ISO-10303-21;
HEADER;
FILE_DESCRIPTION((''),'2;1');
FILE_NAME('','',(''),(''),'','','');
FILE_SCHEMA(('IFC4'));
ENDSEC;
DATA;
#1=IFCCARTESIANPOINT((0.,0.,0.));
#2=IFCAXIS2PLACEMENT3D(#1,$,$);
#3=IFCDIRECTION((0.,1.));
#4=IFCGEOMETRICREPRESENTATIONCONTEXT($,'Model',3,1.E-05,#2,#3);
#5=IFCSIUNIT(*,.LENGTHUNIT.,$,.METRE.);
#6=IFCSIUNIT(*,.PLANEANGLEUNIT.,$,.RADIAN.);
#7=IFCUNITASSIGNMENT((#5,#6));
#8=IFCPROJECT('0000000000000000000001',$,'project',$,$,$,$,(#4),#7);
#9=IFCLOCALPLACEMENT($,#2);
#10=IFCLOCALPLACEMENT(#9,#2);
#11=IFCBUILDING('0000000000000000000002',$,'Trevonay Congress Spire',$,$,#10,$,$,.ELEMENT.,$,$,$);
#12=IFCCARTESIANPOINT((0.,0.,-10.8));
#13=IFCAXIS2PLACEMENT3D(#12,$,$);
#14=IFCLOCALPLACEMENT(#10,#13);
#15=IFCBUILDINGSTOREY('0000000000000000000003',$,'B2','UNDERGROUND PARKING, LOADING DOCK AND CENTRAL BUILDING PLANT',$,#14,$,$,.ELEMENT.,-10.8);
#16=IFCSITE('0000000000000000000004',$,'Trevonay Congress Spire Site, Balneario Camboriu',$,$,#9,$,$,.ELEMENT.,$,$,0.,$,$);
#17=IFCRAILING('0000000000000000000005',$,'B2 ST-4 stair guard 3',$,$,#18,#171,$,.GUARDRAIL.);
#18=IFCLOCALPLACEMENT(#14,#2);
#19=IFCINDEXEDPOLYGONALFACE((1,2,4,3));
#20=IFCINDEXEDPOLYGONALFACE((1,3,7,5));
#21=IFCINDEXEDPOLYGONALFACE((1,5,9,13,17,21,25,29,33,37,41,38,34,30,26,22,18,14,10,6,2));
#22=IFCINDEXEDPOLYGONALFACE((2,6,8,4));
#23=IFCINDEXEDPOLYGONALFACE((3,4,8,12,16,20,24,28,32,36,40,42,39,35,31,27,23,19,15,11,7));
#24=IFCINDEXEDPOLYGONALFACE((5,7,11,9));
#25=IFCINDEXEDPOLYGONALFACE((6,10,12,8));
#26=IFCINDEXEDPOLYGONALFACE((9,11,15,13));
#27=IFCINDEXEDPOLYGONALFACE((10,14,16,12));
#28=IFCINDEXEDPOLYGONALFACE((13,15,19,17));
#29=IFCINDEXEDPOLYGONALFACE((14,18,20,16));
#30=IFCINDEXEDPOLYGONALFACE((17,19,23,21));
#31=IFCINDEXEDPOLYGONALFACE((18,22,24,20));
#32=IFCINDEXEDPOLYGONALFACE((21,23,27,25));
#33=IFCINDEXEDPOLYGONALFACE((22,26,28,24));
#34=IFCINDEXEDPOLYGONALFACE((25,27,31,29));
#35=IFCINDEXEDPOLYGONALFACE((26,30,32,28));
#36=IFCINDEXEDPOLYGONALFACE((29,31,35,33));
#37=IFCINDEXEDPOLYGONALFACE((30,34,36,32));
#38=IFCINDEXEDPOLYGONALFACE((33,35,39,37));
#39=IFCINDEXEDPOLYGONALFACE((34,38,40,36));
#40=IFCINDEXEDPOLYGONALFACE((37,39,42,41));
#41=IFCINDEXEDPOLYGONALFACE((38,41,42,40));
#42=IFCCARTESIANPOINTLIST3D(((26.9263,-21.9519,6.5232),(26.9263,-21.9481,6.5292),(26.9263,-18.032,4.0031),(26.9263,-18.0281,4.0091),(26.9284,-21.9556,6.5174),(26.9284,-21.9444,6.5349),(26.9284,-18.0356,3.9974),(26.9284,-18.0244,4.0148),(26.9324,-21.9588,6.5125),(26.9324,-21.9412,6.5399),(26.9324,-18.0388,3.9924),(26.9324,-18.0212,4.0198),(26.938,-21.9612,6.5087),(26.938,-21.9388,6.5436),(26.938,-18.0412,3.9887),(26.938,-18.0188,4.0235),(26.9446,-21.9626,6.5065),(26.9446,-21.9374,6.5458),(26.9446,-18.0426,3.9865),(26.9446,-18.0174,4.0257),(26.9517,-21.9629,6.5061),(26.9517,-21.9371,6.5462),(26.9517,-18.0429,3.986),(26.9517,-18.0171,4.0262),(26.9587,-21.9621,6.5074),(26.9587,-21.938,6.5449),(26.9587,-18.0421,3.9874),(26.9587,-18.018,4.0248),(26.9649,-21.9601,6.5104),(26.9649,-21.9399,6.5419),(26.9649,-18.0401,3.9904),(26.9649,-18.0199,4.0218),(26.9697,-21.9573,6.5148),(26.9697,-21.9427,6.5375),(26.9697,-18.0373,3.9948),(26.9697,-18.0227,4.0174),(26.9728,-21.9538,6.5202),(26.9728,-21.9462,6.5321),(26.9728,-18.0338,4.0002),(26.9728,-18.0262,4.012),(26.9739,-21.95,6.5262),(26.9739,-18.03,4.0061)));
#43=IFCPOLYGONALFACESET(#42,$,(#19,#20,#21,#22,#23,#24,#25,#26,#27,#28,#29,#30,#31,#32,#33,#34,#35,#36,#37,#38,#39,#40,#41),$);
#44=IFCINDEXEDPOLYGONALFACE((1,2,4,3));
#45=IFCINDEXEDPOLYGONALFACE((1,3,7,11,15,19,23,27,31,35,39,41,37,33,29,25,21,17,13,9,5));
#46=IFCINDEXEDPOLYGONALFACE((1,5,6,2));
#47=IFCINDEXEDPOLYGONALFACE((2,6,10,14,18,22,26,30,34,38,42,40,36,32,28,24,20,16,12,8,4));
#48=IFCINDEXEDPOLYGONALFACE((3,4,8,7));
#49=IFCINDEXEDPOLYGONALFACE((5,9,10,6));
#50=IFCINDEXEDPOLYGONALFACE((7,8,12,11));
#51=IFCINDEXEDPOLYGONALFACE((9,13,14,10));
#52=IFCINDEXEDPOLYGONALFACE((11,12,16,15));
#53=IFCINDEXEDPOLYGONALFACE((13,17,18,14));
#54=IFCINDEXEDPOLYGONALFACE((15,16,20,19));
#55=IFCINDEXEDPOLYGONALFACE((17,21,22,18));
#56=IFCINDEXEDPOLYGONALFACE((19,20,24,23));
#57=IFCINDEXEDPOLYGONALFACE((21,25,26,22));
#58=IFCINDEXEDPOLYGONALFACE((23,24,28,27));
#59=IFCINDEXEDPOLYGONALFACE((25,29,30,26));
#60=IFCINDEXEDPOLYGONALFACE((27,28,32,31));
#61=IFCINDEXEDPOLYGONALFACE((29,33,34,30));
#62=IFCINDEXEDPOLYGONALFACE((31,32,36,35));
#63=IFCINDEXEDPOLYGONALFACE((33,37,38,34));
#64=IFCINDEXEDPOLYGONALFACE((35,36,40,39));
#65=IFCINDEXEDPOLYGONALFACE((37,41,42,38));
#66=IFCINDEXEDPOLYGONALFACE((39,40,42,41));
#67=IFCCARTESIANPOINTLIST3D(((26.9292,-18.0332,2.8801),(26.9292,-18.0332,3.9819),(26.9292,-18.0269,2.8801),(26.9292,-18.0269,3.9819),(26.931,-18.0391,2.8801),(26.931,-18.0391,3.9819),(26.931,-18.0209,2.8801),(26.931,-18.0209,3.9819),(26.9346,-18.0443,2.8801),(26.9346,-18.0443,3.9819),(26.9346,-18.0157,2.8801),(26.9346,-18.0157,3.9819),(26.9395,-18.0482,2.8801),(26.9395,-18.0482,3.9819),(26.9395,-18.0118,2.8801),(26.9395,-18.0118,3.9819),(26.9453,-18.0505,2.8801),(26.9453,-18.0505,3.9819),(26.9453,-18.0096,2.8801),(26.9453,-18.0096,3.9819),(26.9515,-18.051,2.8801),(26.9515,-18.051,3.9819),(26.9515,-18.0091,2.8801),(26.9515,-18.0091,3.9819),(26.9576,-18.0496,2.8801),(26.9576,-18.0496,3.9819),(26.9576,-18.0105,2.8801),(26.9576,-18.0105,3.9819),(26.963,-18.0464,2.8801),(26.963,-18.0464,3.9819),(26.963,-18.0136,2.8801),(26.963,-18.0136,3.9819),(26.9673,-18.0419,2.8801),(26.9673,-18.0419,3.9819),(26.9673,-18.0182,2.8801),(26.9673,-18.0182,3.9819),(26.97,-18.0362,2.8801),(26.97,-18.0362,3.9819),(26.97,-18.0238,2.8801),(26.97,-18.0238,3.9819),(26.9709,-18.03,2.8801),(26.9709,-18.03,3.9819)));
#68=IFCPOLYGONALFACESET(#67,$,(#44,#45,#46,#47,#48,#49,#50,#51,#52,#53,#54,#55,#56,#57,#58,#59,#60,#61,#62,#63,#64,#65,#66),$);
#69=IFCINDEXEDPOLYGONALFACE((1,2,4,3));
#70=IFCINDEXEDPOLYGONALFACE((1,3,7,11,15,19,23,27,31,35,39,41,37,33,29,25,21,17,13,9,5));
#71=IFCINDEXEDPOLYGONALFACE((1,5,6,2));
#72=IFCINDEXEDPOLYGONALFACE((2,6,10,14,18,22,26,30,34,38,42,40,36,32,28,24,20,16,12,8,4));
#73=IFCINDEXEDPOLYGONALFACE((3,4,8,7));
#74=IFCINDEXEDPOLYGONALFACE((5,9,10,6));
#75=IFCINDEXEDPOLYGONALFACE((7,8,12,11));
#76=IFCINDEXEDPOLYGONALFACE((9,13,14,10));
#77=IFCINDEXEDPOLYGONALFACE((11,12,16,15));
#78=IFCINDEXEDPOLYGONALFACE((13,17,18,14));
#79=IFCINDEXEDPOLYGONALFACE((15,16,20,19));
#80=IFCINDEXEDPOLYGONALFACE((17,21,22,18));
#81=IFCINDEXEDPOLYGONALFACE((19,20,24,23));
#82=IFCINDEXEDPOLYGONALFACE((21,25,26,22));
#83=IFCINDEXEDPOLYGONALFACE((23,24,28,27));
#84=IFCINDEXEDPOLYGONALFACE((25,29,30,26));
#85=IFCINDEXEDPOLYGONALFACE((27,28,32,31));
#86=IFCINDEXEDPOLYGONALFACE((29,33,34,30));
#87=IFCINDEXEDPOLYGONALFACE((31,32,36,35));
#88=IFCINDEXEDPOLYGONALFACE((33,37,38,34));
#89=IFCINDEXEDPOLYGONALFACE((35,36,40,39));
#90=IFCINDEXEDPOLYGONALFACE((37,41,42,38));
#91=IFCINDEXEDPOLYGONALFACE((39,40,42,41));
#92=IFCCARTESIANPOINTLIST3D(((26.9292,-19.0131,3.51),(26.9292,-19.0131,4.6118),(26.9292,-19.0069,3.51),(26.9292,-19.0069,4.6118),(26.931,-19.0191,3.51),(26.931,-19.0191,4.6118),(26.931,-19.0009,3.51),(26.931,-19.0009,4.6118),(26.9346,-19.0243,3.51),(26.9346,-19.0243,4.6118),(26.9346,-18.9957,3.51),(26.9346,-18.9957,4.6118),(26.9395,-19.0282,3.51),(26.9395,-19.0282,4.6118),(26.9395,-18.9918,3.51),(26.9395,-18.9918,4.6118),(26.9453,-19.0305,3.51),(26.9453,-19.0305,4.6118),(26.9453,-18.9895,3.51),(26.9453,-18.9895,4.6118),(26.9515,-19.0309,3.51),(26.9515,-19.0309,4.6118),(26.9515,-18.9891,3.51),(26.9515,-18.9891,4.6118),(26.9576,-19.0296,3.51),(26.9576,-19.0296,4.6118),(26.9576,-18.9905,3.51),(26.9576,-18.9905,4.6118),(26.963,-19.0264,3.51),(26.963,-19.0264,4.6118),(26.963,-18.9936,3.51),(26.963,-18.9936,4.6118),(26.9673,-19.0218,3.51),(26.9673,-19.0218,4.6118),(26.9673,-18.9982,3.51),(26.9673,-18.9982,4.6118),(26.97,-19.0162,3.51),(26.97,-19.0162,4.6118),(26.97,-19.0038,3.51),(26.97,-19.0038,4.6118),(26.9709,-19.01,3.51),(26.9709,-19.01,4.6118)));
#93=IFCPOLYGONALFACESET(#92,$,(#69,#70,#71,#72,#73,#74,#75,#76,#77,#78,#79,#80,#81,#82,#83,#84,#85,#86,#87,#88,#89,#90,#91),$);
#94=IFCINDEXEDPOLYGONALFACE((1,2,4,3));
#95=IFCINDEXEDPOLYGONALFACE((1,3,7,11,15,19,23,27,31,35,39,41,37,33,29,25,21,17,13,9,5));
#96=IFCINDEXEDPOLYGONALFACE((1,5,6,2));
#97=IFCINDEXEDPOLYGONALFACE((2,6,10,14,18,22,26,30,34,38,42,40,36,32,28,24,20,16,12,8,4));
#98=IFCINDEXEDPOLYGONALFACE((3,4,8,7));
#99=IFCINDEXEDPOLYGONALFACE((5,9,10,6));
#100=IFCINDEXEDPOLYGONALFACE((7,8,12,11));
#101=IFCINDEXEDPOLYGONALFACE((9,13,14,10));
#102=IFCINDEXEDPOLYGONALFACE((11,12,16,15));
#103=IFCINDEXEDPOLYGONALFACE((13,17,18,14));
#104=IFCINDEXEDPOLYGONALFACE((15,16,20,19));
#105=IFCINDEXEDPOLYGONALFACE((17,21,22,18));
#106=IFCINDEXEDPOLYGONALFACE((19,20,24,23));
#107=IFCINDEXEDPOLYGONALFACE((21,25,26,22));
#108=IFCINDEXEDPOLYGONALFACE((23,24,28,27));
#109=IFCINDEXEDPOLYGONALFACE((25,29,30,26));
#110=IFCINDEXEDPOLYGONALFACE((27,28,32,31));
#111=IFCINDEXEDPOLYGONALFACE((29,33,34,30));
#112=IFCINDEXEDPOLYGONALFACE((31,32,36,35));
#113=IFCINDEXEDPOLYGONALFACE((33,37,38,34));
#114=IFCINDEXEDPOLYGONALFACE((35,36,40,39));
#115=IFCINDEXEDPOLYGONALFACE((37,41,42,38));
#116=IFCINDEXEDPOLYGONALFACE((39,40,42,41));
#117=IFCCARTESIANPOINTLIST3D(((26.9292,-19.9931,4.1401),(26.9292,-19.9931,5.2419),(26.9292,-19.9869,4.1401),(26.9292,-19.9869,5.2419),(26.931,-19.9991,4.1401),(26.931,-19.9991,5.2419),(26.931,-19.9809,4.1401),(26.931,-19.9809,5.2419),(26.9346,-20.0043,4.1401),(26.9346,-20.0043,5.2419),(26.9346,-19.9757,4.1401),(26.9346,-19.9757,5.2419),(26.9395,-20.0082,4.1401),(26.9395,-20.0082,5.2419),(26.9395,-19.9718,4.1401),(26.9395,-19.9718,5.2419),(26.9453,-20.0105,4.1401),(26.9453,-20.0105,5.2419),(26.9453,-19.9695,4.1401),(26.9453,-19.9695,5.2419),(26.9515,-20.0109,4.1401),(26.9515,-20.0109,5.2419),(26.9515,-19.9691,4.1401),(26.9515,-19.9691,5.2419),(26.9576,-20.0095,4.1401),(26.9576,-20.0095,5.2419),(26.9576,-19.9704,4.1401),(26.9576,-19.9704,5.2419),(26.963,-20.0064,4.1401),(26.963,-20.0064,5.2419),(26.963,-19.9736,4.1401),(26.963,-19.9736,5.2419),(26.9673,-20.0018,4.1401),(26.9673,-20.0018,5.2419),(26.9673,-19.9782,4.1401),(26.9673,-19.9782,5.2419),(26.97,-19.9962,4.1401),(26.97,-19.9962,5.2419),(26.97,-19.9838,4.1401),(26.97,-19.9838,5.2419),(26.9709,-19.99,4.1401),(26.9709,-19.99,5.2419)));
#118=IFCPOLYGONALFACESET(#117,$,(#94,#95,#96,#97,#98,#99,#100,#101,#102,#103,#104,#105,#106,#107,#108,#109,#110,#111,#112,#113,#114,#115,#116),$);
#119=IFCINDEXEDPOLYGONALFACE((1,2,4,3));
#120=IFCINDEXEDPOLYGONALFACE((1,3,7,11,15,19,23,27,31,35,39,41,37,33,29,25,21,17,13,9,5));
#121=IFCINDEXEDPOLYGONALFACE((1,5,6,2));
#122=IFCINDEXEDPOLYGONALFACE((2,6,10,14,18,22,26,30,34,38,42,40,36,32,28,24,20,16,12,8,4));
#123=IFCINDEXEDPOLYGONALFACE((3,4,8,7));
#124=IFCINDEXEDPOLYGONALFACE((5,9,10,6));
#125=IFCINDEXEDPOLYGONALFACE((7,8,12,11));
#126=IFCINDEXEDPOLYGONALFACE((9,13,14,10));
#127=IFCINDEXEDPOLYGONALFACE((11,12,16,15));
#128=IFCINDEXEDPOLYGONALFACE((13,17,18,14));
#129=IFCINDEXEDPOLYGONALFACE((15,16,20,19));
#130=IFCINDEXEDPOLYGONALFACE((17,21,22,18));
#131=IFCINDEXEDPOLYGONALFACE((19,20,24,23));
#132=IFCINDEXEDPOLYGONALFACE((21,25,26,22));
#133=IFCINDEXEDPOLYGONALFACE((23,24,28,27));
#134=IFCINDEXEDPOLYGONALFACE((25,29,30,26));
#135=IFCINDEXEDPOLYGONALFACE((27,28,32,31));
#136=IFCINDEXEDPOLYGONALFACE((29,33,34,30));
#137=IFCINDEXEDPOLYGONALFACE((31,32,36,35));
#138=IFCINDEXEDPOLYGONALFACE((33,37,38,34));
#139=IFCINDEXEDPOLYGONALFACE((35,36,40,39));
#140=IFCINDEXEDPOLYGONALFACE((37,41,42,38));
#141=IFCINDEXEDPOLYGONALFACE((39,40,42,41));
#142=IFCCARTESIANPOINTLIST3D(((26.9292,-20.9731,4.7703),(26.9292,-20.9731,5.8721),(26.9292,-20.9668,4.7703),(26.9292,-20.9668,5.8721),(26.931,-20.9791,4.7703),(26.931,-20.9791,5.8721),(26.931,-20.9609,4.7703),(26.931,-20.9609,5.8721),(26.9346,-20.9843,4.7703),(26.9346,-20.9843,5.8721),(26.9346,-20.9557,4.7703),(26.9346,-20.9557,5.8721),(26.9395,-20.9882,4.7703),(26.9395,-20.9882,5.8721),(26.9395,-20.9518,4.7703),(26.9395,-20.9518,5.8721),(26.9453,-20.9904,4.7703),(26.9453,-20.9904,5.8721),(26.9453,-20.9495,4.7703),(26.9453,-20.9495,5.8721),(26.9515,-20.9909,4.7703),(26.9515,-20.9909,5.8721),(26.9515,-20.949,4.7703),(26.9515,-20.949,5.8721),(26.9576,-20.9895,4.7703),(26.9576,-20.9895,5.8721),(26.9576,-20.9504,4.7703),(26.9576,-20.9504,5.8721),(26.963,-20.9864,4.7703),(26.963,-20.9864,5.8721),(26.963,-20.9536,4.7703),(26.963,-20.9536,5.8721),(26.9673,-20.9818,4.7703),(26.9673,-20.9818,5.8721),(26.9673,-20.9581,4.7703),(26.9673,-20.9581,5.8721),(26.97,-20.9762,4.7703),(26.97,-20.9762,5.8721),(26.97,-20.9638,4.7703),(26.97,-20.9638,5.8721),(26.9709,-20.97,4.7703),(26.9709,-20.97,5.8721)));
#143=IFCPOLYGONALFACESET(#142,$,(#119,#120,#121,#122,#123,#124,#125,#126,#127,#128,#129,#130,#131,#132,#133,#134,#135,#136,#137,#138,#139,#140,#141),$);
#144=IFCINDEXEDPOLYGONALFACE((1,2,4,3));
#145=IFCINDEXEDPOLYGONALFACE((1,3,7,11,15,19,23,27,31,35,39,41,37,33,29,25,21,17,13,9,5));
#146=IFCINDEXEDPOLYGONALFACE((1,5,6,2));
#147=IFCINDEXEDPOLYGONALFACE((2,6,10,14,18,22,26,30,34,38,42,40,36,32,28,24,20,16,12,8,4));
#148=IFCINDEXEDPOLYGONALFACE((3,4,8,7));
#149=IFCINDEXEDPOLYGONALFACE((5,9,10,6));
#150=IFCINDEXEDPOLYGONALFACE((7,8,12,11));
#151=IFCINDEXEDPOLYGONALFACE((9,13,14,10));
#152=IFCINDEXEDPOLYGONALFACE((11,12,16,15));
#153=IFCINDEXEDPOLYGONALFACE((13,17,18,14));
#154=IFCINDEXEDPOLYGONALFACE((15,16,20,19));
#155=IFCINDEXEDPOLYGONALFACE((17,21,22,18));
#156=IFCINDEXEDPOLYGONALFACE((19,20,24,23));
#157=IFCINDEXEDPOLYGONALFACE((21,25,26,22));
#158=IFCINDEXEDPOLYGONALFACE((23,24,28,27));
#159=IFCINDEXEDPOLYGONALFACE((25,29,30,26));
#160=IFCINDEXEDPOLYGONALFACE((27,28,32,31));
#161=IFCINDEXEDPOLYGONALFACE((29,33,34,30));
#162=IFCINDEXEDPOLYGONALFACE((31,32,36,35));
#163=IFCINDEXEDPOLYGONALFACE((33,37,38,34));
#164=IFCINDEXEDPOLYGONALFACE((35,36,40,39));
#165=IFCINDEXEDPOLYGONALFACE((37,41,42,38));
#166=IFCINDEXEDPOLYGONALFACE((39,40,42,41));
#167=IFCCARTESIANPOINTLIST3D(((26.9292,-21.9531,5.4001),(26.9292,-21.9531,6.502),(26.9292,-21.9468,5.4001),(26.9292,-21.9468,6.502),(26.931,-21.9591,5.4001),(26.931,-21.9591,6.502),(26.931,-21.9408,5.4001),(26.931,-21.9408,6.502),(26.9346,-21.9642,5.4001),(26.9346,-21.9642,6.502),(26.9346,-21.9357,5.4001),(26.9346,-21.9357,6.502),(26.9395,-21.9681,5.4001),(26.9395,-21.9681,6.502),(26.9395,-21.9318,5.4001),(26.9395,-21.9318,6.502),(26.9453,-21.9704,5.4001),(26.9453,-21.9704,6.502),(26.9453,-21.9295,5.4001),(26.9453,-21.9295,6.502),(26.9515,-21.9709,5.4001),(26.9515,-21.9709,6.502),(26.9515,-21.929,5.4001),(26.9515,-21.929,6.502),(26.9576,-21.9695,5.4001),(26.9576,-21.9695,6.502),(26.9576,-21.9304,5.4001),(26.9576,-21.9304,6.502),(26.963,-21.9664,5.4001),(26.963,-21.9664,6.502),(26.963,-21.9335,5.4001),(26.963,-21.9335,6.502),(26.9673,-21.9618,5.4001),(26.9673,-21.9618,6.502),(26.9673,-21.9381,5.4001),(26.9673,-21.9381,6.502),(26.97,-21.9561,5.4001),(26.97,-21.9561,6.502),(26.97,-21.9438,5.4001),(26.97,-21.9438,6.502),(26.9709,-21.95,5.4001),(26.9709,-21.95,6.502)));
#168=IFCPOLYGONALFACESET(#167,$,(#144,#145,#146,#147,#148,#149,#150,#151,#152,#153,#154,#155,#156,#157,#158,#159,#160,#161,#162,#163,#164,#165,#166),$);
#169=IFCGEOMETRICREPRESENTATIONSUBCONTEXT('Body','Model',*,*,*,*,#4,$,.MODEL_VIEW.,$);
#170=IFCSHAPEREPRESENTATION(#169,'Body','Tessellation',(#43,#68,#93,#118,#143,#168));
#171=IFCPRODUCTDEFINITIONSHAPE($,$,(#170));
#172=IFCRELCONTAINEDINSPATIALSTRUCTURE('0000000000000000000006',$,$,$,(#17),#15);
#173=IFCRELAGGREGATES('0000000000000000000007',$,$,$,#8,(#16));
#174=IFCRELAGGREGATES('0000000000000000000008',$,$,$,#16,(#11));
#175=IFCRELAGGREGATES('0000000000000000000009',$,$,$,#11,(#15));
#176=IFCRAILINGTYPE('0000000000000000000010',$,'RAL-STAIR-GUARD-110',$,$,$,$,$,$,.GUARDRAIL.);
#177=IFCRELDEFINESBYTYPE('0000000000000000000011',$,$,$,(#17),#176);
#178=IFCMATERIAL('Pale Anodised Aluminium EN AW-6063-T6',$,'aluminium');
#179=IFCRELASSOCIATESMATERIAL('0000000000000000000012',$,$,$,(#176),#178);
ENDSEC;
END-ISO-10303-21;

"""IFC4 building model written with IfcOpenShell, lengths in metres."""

from ifc_helpers import new_model, si_unit, direction, frame, origin, origin_2d, place, context, subcontext, project, spatial, circle, extrude, material, type_object, element, save


model = new_model("IFC4")

# Units and contexts
model_context = context("Model", 3, precision=1e-05, world=origin(), true_north=direction((0.0, 1.0)))
body_context = subcontext(model_context, "Body", "Model", "MODEL_VIEW")
ifc_project = project(units=[si_unit("LENGTHUNIT", "METRE"), si_unit("PLANEANGLEUNIT", "RADIAN")], contexts=[model_context])

# Site, building, storey
site_placement = place(None, origin())
site = spatial("IfcSite", under=ifc_project, at=site_placement, Name="Trevonay Congress Spire Site, Balneario Camboriu", CompositionType="ELEMENT", RefElevation=0.0)
building_placement = place(site_placement, origin())
building = spatial("IfcBuilding", under=site, at=building_placement, Name="Trevonay Congress Spire", CompositionType="ELEMENT")
storey_placement = place(building_placement, frame((0.0, 0.0, -10.8)))
storey = spatial("IfcBuildingStorey", under=building, at=storey_placement, Name="B2", Description="UNDERGROUND PARKING, LOADING DOCK AND CENTRAL BUILDING PLANT", CompositionType="ELEMENT", Elevation=-10.8)

# Railing
ifc_material_1 = material(Name="Pale Anodised Aluminium EN AW-6063-T6", Category="aluminium")
railing_type = type_object("IfcRailingType", Name="RAL-STAIR-GUARD-110", PredefinedType="GUARDRAIL", material=ifc_material_1)
railing_1_placement = place(storey_placement, frame((26.95, -18.03, 2.8801)))
element("IfcRailing", 1, at=railing_1_placement, inside=storey, type_object=railing_type, Name="B2 ST-4 stair guard 3", PredefinedType="GUARDRAIL", context=body_context, shape_type="SweptSolid", body=[
    extrude(circle(Radius=0.0239, at=origin_2d()), frame((0.0, 0.0, 1.126), z_axis=(0.0, -0.841172, 0.540768), x_axis=(1.0, 0.0, 0.0)), (0.0, 0.0, 1.0), 4.6602),
    extrude(circle(Radius=0.021, at=origin_2d()), origin(), (0.0, 0.0, 1.0), 1.1018),
    extrude(circle(Radius=0.021, at=origin_2d()), frame((0.0, -0.98, 0.6299)), (0.0, 0.0, 1.0), 1.1018),
    extrude(circle(Radius=0.021, at=origin_2d()), frame((0.0, -1.96, 1.26)), (0.0, 0.0, 1.0), 1.1018),
    extrude(circle(Radius=0.021, at=origin_2d()), frame((0.0, -2.9399, 1.8901)), (0.0, 0.0, 1.0), 1.1018),
    extrude(circle(Radius=0.021, at=origin_2d()), frame((0.0, -3.9199, 2.52)), (0.0, 0.0, 1.0), 1.1018),
])

save(model, "model.ifc")
